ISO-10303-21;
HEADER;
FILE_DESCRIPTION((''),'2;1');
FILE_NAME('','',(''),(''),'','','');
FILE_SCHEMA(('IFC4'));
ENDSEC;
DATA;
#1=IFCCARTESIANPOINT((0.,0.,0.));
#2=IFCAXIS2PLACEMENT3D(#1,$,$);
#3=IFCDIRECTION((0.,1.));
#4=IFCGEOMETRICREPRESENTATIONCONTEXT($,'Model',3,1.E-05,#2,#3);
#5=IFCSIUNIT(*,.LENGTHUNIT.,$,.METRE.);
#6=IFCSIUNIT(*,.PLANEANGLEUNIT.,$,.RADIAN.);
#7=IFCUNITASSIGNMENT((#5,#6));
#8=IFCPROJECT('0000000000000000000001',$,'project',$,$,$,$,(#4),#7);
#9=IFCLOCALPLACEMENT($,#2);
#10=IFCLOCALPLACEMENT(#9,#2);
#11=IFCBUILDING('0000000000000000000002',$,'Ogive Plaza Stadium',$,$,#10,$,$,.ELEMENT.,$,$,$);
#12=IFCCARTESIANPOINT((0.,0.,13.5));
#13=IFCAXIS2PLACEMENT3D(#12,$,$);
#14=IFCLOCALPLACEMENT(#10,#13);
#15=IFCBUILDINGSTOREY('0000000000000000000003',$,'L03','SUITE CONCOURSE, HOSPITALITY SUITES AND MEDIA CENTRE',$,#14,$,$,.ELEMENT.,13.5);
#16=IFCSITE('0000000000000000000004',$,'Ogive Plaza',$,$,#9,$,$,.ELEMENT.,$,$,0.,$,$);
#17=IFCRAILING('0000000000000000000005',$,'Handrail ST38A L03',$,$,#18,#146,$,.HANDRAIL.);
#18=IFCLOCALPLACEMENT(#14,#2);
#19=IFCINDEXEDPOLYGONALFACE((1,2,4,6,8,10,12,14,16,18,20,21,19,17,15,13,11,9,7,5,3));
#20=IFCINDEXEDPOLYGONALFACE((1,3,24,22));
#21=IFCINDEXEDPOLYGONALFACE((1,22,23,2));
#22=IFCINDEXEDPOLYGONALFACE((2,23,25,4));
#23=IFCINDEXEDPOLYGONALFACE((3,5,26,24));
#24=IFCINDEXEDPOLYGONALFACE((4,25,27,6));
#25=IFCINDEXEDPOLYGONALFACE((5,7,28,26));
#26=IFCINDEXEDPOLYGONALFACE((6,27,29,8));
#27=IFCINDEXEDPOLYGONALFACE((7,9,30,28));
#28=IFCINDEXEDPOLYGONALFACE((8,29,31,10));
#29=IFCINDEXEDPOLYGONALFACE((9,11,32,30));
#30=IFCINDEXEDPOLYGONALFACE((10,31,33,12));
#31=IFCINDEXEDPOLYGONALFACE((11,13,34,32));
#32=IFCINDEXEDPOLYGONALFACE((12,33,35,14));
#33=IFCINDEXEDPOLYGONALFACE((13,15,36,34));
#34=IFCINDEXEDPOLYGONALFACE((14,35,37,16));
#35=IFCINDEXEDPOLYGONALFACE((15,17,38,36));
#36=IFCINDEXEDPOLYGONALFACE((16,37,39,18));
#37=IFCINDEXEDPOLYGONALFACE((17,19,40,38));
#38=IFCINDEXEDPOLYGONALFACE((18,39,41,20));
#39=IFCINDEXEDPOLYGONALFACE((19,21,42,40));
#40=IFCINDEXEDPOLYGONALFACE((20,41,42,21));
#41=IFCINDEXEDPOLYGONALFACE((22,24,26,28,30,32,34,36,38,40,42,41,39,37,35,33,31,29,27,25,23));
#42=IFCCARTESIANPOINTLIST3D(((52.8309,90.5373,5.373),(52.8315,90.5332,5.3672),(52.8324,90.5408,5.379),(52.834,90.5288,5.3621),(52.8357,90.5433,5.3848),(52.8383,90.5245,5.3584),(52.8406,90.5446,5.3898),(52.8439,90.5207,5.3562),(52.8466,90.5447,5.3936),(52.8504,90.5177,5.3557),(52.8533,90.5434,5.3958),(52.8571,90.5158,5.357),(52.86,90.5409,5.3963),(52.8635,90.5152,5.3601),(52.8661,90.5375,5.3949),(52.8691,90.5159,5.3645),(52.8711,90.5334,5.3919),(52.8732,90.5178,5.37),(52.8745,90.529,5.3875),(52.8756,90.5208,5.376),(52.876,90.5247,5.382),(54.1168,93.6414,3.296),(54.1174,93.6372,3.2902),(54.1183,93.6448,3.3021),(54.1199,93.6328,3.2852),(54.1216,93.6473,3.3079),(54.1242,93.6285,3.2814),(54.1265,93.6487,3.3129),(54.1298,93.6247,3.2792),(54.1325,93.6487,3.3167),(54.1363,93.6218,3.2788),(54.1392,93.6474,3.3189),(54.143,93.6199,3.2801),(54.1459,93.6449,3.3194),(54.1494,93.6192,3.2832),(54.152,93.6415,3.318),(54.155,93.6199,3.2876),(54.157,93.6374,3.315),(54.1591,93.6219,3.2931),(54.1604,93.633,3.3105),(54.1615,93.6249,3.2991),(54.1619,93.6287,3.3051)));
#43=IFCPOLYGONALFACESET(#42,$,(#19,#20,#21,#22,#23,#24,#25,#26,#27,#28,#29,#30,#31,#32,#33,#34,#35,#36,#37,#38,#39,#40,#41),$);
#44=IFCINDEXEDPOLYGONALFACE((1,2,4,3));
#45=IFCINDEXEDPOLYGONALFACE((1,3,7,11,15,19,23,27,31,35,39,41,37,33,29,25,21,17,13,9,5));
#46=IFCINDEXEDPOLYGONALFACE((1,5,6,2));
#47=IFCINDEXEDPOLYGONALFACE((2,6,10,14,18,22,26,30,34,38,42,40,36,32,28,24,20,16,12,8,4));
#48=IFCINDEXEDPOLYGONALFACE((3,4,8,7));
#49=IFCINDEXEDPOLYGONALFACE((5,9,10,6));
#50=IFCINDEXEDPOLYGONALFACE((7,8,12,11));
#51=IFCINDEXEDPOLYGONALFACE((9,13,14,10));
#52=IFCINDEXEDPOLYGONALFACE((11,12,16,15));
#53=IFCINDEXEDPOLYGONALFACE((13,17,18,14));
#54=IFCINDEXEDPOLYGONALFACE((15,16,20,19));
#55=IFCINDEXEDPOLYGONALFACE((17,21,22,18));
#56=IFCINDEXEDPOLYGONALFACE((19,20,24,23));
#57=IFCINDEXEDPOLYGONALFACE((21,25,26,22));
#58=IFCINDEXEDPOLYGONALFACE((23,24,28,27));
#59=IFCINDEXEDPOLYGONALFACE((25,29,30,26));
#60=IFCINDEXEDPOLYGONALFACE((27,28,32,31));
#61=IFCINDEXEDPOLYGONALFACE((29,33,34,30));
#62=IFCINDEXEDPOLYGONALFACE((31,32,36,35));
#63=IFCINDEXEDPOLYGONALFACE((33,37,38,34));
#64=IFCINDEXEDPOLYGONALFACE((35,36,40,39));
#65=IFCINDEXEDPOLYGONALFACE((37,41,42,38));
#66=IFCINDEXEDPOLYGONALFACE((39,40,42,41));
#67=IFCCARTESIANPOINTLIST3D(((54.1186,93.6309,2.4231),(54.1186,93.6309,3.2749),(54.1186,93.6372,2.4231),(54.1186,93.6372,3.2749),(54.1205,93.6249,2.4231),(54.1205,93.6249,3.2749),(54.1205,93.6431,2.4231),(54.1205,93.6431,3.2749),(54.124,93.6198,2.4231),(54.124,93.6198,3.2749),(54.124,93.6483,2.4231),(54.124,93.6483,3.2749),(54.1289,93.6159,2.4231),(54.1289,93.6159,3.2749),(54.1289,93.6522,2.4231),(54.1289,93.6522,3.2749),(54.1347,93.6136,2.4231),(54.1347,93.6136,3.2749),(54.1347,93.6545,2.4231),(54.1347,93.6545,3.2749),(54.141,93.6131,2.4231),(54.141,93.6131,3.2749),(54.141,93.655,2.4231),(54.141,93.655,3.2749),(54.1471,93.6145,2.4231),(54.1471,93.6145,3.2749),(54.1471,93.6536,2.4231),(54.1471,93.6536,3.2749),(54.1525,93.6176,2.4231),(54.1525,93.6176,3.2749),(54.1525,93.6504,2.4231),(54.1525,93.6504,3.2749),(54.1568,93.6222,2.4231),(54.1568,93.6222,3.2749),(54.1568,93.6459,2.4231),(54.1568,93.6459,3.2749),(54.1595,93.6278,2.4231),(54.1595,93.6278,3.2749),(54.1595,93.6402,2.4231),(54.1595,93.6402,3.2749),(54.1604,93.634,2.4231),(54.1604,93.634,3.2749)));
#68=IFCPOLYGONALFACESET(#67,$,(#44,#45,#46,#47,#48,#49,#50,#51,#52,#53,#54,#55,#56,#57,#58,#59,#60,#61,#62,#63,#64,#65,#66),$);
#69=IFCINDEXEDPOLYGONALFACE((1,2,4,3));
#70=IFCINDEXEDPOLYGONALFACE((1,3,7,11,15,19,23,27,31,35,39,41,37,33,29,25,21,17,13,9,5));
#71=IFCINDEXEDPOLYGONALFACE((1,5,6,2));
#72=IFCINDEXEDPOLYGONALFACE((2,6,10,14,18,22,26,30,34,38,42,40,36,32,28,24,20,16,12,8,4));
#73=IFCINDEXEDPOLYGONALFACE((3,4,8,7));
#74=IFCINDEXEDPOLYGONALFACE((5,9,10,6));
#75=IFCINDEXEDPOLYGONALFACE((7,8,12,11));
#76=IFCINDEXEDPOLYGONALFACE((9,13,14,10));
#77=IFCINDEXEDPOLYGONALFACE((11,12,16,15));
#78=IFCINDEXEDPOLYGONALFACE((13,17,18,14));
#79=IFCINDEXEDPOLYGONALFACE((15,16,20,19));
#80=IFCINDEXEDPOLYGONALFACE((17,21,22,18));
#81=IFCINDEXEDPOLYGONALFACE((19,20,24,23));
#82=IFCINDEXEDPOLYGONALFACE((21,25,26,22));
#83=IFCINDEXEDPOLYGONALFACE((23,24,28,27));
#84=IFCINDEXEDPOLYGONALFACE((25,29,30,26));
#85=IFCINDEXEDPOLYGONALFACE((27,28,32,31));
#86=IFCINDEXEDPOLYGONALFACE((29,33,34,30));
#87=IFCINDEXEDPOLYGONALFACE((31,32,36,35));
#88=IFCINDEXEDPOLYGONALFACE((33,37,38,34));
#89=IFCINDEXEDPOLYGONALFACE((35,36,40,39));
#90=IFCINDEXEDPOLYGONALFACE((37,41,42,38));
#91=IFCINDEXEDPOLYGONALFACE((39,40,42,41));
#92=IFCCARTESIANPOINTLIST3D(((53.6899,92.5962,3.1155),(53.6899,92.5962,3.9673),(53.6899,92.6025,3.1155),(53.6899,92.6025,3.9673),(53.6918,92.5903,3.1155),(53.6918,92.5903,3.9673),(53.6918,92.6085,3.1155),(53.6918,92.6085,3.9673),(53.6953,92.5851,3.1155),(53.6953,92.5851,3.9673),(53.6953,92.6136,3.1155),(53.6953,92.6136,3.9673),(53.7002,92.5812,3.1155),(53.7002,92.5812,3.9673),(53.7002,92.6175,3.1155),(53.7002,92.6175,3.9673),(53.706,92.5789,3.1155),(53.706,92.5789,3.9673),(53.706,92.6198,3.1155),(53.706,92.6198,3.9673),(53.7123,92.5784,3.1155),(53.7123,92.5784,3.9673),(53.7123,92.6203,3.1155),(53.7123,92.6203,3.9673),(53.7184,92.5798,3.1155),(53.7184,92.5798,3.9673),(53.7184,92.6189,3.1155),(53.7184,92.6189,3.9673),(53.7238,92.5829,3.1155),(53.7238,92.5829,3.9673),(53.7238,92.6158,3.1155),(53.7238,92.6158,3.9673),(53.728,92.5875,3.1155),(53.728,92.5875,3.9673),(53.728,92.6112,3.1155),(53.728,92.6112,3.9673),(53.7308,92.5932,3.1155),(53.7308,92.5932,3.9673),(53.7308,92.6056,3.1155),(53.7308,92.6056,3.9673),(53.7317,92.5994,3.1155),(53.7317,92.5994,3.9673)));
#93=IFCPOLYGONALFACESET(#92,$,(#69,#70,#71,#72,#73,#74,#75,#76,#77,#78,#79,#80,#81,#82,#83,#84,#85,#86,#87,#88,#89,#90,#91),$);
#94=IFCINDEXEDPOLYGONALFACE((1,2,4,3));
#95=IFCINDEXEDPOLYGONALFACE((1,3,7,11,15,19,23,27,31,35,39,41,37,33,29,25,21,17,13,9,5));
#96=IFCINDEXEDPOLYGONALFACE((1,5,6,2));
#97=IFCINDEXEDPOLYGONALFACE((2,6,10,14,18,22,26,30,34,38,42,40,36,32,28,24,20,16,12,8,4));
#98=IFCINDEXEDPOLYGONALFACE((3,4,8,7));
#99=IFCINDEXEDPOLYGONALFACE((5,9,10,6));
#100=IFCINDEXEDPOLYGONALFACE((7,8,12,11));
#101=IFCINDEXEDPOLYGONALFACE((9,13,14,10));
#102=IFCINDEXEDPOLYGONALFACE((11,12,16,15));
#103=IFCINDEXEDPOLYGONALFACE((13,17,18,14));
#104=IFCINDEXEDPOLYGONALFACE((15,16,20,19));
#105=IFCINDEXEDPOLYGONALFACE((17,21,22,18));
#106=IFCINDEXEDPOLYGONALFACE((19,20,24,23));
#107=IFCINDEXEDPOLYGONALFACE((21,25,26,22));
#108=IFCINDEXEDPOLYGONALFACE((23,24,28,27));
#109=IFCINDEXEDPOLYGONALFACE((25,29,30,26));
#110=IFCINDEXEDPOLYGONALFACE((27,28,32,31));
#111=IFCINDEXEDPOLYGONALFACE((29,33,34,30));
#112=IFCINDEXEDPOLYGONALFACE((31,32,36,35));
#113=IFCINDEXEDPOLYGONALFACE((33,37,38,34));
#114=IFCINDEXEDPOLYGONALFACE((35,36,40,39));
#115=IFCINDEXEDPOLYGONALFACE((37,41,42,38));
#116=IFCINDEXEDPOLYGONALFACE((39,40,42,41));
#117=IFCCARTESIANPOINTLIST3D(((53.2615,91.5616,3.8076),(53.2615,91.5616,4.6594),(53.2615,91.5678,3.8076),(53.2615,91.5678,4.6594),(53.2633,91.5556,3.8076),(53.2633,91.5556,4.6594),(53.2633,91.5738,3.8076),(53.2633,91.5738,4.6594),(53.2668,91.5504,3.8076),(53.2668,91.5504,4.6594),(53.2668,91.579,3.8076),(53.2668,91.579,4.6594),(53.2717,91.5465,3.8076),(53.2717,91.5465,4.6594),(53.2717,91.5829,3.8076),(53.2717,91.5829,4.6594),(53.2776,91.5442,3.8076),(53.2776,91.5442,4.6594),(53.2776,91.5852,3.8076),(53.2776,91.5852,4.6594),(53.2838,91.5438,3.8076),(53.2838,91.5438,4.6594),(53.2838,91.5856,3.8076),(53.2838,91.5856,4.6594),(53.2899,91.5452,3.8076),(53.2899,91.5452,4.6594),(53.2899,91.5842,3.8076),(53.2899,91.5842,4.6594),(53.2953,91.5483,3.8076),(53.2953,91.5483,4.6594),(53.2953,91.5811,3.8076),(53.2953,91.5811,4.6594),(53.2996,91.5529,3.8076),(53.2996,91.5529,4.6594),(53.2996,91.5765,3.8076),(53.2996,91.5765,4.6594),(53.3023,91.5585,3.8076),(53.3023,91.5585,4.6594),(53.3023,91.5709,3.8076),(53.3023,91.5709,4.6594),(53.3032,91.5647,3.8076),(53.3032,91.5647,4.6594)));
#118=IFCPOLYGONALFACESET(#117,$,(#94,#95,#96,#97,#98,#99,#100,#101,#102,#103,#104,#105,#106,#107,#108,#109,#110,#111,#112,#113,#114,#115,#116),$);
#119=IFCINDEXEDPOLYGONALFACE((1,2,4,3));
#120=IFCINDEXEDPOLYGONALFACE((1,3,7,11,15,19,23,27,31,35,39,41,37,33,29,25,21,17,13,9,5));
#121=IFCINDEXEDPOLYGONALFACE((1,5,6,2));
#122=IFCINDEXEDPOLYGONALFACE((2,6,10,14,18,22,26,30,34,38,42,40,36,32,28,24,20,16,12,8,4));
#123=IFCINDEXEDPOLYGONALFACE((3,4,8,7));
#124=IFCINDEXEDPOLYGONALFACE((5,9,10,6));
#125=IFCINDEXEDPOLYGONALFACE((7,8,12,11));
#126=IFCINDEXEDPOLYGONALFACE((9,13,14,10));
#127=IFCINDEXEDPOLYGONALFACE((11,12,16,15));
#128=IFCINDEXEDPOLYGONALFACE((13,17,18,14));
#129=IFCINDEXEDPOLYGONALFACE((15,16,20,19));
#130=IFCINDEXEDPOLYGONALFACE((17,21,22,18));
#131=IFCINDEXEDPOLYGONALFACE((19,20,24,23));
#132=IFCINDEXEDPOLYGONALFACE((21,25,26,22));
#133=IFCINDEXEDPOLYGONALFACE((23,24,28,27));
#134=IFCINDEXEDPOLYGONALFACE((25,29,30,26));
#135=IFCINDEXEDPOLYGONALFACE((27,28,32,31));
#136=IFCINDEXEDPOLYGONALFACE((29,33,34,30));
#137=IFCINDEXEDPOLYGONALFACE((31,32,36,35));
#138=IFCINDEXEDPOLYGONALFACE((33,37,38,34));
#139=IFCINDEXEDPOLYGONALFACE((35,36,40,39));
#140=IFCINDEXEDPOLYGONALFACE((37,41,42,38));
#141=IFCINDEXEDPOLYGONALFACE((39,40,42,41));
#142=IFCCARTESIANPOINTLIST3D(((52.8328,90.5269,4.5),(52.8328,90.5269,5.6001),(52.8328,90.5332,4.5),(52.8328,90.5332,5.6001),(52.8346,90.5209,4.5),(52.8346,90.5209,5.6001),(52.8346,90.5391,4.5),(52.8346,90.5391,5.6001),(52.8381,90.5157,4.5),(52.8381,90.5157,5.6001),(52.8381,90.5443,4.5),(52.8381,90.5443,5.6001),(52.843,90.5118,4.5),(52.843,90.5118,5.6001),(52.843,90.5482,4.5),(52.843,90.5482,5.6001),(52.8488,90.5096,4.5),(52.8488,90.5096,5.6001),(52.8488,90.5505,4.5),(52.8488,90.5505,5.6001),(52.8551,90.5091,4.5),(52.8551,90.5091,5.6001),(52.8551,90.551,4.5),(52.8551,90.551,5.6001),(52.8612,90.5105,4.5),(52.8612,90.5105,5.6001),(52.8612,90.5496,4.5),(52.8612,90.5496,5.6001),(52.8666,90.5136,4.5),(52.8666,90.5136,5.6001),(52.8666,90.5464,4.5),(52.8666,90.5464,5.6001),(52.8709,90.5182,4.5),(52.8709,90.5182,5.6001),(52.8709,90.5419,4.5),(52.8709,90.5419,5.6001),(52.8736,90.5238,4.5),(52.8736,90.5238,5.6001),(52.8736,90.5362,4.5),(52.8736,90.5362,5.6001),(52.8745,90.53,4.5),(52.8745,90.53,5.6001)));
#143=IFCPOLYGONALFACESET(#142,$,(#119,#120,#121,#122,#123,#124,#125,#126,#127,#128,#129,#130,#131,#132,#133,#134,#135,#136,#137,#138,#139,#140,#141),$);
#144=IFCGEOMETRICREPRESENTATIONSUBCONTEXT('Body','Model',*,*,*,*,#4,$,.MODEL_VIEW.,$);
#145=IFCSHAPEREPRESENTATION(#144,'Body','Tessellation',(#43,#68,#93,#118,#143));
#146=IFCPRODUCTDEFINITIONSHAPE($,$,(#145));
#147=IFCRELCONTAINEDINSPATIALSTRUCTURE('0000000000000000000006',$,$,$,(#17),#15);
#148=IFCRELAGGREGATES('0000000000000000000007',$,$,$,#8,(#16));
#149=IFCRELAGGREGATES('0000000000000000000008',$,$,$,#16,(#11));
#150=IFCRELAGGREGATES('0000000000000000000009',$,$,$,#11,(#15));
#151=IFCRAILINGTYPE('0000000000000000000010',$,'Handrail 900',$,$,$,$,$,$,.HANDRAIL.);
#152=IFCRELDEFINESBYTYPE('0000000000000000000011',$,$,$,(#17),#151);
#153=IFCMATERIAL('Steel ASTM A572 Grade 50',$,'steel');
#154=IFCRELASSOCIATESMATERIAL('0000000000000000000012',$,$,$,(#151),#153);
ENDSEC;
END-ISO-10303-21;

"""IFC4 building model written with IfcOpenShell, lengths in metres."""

from ifc_helpers import new_model, si_unit, direction, frame, origin, origin_2d, place, context, subcontext, project, spatial, circle, extrude, material, type_object, element, save


model = new_model("IFC4")

# Units and contexts
model_context = context("Model", 3, precision=1e-05, world=origin(), true_north=direction((0.0, 1.0)))
body_context = subcontext(model_context, "Body", "Model", "MODEL_VIEW")
ifc_project = project(units=[si_unit("LENGTHUNIT", "METRE"), si_unit("PLANEANGLEUNIT", "RADIAN")], contexts=[model_context])

# Site, building, storey
site_placement = place(None, origin())
site = spatial("IfcSite", under=ifc_project, at=site_placement, Name="Ogive Plaza", CompositionType="ELEMENT", RefElevation=0.0)
building_placement = place(site_placement, origin())
building = spatial("IfcBuilding", under=site, at=building_placement, Name="Ogive Plaza Stadium", CompositionType="ELEMENT")
storey_placement = place(building_placement, frame((0.0, 0.0, 13.5)))
storey = spatial("IfcBuildingStorey", under=building, at=storey_placement, Name="L03", Description="SUITE CONCOURSE, HOSPITALITY SUITES AND MEDIA CENTRE", CompositionType="ELEMENT", Elevation=13.5)

# Railing
ifc_material_1 = material(Name="Steel ASTM A572 Grade 50", Category="steel")
railing_type_1 = type_object("IfcRailingType", Name="Handrail 900", PredefinedType="HANDRAIL", material=ifc_material_1)
railing_1_placement = place(storey_placement, frame((54.1394, 93.634, 2.4231)))
element("IfcRailing", 1, at=railing_1_placement, inside=storey, type_object=railing_type_1, Name="Handrail ST38A L03", PredefinedType="HANDRAIL", context=body_context, shape_type="SweptSolid", body=[
    extrude(circle(Radius=0.0239, at=origin_2d()), frame((0.0, 0.0, 0.876), z_axis=(-0.325548, -0.785839, 0.525809), x_axis=(0.923862, -0.382726, 0.0)), (0.0, 0.0, 1.0), 3.95),
    extrude(circle(Radius=0.021, at=origin_2d()), origin(), (0.0, 0.0, 1.0), 0.8518),
    extrude(circle(Radius=0.021, at=origin_2d()), frame((-0.4287, -1.0347, 0.6924)), (0.0, 0.0, 1.0), 0.8518),
    extrude(circle(Radius=0.021, at=origin_2d()), frame((-0.8572, -2.0693, 1.3845)), (0.0, 0.0, 1.0), 0.8518),
    extrude(circle(Radius=0.021, at=origin_2d()), frame((-1.2859, -3.104, 2.0769)), (0.0, 0.0, 1.0), 1.1001),
])

save(model, "model.ifc")
